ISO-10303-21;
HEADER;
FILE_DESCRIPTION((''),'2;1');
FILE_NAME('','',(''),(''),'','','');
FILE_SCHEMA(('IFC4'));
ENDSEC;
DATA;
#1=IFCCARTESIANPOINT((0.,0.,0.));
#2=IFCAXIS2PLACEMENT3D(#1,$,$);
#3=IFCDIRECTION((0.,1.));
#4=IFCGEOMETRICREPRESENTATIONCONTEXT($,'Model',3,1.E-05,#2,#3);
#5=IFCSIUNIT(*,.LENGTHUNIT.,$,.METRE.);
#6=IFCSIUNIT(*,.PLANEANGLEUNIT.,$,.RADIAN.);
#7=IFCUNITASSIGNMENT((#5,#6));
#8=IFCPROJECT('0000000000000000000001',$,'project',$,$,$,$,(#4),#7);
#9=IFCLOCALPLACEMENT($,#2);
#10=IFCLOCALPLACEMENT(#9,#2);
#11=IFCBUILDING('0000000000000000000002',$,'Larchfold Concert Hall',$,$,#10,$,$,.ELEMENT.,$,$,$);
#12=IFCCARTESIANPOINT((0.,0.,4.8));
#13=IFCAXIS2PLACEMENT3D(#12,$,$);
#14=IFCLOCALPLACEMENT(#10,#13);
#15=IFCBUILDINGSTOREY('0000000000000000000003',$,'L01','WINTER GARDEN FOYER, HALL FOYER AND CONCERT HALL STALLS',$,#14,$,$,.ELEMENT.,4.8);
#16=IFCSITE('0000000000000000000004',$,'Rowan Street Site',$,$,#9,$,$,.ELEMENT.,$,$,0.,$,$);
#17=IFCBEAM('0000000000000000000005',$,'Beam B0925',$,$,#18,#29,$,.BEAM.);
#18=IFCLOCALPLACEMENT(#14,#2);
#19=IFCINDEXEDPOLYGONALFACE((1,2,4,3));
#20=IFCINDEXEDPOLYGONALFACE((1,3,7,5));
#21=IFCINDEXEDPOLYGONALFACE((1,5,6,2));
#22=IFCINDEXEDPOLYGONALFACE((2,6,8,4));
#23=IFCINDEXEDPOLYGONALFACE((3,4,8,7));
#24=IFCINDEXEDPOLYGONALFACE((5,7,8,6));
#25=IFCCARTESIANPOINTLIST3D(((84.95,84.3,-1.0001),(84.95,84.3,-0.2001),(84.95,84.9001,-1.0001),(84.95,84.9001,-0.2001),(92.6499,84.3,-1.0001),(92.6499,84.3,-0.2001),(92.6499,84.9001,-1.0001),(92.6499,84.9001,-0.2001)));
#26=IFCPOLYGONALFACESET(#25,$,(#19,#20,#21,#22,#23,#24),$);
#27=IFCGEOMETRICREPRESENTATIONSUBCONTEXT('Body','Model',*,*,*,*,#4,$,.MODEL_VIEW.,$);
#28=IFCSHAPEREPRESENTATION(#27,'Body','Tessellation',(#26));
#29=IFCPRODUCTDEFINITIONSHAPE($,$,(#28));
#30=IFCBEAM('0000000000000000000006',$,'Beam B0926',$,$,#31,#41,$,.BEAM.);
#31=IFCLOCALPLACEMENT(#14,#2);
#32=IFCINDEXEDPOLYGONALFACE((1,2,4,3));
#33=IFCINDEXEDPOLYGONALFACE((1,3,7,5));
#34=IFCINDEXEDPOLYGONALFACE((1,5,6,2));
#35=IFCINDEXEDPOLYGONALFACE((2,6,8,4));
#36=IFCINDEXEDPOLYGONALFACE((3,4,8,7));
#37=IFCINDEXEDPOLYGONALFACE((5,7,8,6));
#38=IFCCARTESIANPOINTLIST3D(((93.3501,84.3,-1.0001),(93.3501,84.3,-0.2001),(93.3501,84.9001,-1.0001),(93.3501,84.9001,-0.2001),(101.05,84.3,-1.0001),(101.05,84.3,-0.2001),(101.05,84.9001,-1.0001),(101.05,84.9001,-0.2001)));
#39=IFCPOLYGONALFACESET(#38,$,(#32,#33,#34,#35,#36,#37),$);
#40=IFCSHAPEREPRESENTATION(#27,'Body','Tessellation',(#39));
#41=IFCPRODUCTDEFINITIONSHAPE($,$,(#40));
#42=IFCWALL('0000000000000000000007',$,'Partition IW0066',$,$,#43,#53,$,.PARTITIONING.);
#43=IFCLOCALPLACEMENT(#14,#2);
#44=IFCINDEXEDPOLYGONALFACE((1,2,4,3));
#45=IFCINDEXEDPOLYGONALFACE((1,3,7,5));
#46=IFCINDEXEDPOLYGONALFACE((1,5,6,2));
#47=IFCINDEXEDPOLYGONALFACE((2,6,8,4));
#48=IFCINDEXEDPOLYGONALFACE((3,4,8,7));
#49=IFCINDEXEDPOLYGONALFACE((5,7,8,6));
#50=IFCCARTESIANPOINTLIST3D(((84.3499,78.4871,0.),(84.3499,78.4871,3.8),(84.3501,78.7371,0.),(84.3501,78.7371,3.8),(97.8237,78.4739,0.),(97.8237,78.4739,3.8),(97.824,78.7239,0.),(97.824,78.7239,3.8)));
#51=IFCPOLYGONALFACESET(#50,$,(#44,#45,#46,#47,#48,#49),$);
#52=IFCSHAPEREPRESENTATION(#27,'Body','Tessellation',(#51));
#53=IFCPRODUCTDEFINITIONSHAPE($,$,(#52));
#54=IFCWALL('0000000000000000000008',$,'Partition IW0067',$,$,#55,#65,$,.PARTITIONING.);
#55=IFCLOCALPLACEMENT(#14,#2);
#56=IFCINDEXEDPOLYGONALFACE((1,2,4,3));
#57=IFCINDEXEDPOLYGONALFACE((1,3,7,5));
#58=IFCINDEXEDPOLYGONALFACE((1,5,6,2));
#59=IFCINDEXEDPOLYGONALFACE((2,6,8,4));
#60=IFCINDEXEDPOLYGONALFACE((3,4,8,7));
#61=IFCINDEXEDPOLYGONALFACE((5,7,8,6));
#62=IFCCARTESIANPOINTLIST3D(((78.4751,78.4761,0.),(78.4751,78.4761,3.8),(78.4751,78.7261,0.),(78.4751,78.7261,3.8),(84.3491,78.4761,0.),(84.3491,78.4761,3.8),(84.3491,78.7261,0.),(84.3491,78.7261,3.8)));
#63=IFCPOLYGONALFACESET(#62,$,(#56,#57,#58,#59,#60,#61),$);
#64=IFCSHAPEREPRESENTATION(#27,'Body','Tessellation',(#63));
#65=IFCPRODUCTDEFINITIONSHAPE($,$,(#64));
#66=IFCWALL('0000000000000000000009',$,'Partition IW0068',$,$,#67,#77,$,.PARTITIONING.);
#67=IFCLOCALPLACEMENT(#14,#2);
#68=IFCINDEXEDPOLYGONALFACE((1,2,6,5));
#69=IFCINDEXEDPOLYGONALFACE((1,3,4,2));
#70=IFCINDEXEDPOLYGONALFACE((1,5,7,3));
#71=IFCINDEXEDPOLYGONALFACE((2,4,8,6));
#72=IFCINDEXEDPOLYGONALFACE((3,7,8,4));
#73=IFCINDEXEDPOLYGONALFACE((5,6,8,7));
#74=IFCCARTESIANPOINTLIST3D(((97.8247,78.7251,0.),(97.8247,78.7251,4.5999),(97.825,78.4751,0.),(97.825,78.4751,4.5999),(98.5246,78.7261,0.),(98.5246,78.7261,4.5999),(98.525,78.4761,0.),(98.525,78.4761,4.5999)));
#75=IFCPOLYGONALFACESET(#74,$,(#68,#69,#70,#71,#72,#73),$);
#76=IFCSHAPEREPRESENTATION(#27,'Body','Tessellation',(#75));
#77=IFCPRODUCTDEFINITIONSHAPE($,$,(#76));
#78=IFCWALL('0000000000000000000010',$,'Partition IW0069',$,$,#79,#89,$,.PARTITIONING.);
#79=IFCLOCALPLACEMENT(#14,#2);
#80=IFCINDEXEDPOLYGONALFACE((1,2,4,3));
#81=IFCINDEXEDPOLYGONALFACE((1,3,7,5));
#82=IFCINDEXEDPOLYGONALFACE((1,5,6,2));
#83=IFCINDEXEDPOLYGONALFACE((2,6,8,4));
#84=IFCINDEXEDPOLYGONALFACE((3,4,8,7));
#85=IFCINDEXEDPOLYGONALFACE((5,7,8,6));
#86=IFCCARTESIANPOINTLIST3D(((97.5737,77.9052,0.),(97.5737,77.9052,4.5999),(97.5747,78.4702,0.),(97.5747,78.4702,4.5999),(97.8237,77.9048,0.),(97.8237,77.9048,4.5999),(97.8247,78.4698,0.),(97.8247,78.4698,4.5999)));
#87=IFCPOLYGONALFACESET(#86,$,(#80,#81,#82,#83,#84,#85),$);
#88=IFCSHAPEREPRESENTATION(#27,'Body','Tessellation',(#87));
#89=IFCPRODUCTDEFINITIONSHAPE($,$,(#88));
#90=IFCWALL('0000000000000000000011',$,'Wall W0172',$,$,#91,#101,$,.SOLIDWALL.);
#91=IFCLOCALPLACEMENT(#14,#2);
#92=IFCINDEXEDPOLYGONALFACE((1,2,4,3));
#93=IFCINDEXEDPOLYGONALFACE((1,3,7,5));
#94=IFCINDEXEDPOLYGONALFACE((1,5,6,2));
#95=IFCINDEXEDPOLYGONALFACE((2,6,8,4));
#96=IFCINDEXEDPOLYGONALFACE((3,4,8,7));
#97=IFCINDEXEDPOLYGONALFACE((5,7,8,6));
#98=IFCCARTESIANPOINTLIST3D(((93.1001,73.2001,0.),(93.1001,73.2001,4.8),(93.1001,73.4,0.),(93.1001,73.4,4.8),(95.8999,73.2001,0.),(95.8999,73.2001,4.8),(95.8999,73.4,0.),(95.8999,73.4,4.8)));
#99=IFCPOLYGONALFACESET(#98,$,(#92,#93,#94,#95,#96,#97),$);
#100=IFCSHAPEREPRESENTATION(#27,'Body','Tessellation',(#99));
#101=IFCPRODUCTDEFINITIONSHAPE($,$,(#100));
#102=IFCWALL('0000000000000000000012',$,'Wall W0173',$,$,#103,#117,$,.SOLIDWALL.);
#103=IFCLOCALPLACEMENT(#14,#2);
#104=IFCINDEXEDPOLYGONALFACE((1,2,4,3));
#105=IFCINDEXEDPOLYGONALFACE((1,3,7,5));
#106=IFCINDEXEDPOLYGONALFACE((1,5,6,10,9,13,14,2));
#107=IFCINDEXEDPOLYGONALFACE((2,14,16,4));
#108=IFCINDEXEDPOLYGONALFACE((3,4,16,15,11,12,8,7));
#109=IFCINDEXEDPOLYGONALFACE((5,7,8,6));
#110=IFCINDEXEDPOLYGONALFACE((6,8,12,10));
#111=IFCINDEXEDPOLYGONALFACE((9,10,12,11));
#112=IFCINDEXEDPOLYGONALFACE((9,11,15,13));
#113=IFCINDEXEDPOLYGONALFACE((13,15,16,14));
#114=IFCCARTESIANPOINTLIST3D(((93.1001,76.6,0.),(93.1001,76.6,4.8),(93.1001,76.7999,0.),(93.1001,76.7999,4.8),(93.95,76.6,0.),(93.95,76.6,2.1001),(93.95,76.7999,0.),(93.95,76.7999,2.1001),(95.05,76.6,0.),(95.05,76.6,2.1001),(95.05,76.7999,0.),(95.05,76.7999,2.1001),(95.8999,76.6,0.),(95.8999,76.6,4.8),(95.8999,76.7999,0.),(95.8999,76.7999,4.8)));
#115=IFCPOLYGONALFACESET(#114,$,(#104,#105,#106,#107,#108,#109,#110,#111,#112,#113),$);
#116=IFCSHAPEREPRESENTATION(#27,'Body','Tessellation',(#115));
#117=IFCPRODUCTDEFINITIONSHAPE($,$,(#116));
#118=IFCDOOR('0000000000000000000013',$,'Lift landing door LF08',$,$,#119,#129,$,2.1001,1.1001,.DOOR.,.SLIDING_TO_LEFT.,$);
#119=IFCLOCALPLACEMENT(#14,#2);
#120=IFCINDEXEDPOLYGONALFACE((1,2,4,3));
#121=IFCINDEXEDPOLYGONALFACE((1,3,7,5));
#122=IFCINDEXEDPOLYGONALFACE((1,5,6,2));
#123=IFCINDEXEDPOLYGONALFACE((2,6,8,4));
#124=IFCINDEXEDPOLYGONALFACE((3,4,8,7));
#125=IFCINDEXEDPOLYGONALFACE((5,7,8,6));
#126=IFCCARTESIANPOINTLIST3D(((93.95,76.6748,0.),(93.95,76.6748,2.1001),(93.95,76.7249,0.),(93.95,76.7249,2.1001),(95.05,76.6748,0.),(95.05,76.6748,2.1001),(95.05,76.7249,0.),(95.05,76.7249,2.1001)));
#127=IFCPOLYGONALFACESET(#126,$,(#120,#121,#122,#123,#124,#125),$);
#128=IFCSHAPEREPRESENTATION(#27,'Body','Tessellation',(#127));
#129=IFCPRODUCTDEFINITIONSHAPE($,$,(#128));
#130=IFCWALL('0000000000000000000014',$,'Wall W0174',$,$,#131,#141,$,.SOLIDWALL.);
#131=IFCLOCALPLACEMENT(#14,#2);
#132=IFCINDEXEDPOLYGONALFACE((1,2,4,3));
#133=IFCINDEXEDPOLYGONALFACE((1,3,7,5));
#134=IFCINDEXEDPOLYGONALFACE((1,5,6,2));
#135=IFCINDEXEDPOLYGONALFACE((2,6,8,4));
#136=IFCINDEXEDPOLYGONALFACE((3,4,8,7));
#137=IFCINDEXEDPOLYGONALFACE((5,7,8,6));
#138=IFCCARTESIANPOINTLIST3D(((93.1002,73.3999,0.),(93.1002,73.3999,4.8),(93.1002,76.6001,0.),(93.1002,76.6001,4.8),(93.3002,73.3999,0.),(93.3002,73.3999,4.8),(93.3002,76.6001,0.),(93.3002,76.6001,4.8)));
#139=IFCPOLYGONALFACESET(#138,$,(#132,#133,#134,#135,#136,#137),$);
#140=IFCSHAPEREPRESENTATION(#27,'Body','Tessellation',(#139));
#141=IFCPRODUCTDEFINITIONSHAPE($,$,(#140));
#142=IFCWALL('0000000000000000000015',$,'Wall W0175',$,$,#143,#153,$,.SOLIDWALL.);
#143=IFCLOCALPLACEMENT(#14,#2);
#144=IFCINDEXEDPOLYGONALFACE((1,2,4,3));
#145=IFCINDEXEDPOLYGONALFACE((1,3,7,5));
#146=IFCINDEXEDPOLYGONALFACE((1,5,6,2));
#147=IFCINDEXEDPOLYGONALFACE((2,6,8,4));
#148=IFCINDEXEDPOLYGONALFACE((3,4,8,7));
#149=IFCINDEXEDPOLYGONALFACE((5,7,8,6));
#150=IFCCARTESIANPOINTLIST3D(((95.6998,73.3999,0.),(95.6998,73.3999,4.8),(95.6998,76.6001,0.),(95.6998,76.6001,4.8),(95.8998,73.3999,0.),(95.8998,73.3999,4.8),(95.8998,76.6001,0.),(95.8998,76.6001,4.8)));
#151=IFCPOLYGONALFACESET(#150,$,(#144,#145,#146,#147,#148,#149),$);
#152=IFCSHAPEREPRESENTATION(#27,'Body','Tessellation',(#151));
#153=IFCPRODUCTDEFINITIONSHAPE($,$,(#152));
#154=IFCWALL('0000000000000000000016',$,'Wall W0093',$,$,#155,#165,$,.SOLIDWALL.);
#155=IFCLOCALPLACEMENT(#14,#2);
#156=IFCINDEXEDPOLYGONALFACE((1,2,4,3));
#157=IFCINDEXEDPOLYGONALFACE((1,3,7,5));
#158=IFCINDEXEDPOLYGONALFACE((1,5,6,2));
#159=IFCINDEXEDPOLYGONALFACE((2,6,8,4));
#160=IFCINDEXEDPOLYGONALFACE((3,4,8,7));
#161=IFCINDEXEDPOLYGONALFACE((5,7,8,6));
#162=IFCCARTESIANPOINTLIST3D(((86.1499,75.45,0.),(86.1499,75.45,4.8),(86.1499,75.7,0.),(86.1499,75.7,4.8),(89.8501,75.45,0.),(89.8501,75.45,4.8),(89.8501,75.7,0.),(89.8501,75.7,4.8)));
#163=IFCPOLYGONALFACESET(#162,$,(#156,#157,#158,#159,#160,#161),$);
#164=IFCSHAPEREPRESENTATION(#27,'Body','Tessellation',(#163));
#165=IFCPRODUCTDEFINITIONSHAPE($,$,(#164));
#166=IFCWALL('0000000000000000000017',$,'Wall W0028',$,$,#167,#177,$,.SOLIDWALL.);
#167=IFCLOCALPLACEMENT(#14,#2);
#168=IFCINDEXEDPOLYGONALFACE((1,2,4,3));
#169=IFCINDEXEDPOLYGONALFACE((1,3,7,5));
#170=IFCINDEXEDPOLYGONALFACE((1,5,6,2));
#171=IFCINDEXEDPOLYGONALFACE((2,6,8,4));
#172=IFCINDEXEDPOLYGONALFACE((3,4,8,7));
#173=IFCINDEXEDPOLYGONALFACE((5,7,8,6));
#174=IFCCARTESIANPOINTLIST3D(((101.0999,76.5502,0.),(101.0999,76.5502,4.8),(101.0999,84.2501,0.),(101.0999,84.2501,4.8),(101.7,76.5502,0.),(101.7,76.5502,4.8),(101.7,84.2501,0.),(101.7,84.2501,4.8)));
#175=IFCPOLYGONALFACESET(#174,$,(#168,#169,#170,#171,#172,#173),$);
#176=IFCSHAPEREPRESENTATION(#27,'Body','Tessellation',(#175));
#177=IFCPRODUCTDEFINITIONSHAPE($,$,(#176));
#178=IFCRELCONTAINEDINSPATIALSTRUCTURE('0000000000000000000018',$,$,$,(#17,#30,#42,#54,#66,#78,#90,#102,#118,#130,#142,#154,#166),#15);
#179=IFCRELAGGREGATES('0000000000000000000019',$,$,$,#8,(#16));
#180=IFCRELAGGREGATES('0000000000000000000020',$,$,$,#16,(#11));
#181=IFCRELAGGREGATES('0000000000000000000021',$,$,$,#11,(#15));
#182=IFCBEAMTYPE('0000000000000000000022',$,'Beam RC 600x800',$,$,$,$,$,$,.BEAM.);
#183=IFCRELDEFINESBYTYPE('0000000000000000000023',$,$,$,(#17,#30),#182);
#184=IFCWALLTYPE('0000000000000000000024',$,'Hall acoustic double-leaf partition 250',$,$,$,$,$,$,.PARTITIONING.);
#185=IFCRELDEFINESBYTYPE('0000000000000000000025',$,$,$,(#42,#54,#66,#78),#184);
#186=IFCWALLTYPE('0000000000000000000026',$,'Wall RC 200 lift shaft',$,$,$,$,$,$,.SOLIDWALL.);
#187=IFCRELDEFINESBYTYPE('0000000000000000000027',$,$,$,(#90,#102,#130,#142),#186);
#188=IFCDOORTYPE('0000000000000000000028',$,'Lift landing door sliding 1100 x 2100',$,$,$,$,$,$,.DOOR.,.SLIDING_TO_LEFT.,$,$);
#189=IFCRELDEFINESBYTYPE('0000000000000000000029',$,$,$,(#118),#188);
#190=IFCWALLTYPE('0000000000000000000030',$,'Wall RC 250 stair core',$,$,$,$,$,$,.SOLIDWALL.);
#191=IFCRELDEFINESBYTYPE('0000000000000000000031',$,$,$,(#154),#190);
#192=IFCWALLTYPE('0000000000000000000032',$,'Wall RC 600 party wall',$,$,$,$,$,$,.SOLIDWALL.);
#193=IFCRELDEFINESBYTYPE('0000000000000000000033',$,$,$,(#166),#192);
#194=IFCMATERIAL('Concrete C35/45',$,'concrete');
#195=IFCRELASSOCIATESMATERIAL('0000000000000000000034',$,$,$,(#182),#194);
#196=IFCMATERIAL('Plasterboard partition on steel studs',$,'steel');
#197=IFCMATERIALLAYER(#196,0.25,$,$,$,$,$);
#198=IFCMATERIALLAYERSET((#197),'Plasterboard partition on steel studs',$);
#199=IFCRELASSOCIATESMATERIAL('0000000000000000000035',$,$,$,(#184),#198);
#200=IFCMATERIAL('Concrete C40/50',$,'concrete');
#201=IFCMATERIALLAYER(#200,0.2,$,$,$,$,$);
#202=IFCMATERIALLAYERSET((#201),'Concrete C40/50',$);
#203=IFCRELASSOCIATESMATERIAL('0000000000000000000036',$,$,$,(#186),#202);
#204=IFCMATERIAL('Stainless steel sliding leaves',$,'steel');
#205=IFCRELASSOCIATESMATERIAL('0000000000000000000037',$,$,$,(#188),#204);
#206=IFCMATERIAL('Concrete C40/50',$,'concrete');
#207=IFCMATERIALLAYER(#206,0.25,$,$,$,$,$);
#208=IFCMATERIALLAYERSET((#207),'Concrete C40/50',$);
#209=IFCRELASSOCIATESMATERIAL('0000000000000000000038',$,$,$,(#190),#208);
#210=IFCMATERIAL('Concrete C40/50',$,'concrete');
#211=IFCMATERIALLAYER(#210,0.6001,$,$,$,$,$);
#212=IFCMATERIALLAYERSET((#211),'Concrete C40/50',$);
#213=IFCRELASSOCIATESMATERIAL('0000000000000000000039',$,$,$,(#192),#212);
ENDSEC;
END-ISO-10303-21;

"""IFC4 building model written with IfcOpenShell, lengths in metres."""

from ifc_helpers import new_model, si_unit, direction, frame, frame_2d, origin, origin_2d, place, context, subcontext, project, spatial, rectangle, extrude, material, layer, layer_set, material_profile, profile_set, type_object, element, fill, save


model = new_model("IFC4")

# Units and contexts
model_context = context("Model", 3, precision=1e-05, world=origin(), true_north=direction((0.0, 1.0)))
body_context = subcontext(model_context, "Body", "Model", "MODEL_VIEW")
ifc_project = project(units=[si_unit("LENGTHUNIT", "METRE"), si_unit("PLANEANGLEUNIT", "RADIAN")], contexts=[model_context])

# Site, building, storey
site_placement = place(None, origin())
site = spatial("IfcSite", under=ifc_project, at=site_placement, Name="Rowan Street Site", CompositionType="ELEMENT", RefElevation=0.0)
building_placement = place(site_placement, origin())
building = spatial("IfcBuilding", under=site, at=building_placement, Name="Larchfold Concert Hall", CompositionType="ELEMENT")
storey_placement = place(building_placement, frame((0.0, 0.0, 4.8)))
storey = spatial("IfcBuildingStorey", under=building, at=storey_placement, Name="L01", Description="WINTER GARDEN FOYER, HALL FOYER AND CONCERT HALL STALLS", CompositionType="ELEMENT", Elevation=4.8)

# Beams
ifc_material_1 = material(Name="Concrete C35/45", Category="concrete")
ifc_material_profile_1 = material_profile(ifc_material_1, rectangle(XDim=0.6001, YDim=0.8, at=origin_2d()))
ifc_profile_set_1 = profile_set([ifc_material_profile_1], Name="Concrete C35/45")
beam_type_1 = type_object("IfcBeamType", Name="Beam RC 600x800", PredefinedType="BEAM", material=ifc_profile_set_1)
for number, where, z_axis, x_axis, name in (
    (1, (84.95, 84.6001, -0.6001), (1.0, 0.0, 0.0), (0.0, 1.0, 0.0), "Beam B0925"),
    (2, (93.3501, 84.6001, -0.6001), (1.0, 0.0, 0.0), (0.0, 1.0, 0.0), "Beam B0926"),
):
    element("IfcBeam", number, at=place(storey_placement, frame(where, z_axis=z_axis, x_axis=x_axis)), inside=storey, type_object=beam_type_1, Name=name, PredefinedType="BEAM", context=body_context, shape_type="SweptSolid", body=[
        extrude(rectangle(XDim=0.6001, YDim=0.8, at=origin_2d()), origin(), (0.0, 0.0, 1.0), 7.7),
    ])

# Walls
ifc_material_2 = material(Name="Plasterboard partition on steel studs", Category="steel")
ifc_layer_1 = layer(ifc_material_2, 0.25)
ifc_layer_set_1 = layer_set([ifc_layer_1], Name="Plasterboard partition on steel studs")
wall_type_1 = type_object("IfcWallType", Name="Hall acoustic double-leaf partition 250", PredefinedType="PARTITIONING", material=ifc_layer_set_1)
wall_1_placement = place(storey_placement, frame((84.3501, 78.6121, 0.0), z_axis=(0.0, 0.0, 1.0), x_axis=(1.0, -0.000978, 0.0)))
element("IfcWall", 3, at=wall_1_placement, inside=storey, type_object=wall_type_1, Name="Partition IW0066", PredefinedType="PARTITIONING", context=body_context, shape_type="SweptSolid", body=[
    extrude(rectangle(XDim=13.4739, YDim=0.25, at=frame_2d((6.7368, 0.0))), origin(), (0.0, 0.0, 1.0), 3.8),
])
wall_2_placement = place(storey_placement, frame((84.3491, 78.6011, 0.0), z_axis=(0.0, 0.0, 1.0), x_axis=(-1.0, 0.0, 0.0)))
element("IfcWall", 4, at=wall_2_placement, inside=storey, type_object=wall_type_1, Name="Partition IW0067", PredefinedType="PARTITIONING", context=body_context, shape_type="SweptSolid", body=[
    extrude(rectangle(XDim=5.874, YDim=0.25, at=frame_2d((2.937, 0.0))), origin(), (0.0, 0.0, 1.0), 3.8),
])
wall_3_placement = place(storey_placement, frame((98.5249, 78.6011, 0.0), z_axis=(0.0, 0.0, 1.0), x_axis=(-0.999999, -0.001395, 0.0)))
element("IfcWall", 5, at=wall_3_placement, inside=storey, type_object=wall_type_1, Name="Partition IW0068", PredefinedType="PARTITIONING", context=body_context, shape_type="SweptSolid", body=[
    extrude(rectangle(XDim=0.7, YDim=0.25, at=frame_2d((0.3501, 0.0))), origin(), (0.0, 0.0, 1.0), 4.5999),
])
wall_4_placement = place(storey_placement, frame((97.6997, 78.47, 0.0), z_axis=(0.0, 0.0, 1.0), x_axis=(-0.001729, -0.999999, 0.0)))
element("IfcWall", 6, at=wall_4_placement, inside=storey, type_object=wall_type_1, Name="Partition IW0069", PredefinedType="PARTITIONING", context=body_context, shape_type="SweptSolid", body=[
    extrude(rectangle(XDim=0.5649, YDim=0.25, at=frame_2d((0.2825, 0.0))), origin(), (0.0, 0.0, 1.0), 4.5999),
])
ifc_material_3 = material(Name="Concrete C40/50", Category="concrete")
ifc_layer_2 = layer(ifc_material_3, 0.2)
ifc_layer_set_2 = layer_set([ifc_layer_2], Name="Concrete C40/50")
wall_type_2 = type_object("IfcWallType", Name="Wall RC 200 lift shaft", PredefinedType="SOLIDWALL", material=ifc_layer_set_2)
wall_5_placement = place(storey_placement, frame((93.1001, 73.3, 0.0), z_axis=(0.0, 0.0, 1.0), x_axis=(1.0, 0.0, 0.0)))
element("IfcWall", 7, at=wall_5_placement, inside=storey, type_object=wall_type_2, Name="Wall W0172", PredefinedType="SOLIDWALL", context=body_context, shape_type="SweptSolid", body=[
    extrude(rectangle(XDim=2.7998, YDim=0.2, at=frame_2d((1.3999, 0.0))), origin(), (0.0, 0.0, 1.0), 4.8),
])

# Wall, opening, door
wall_6_placement = place(storey_placement, frame((93.1001, 76.7, 0.0), z_axis=(0.0, 0.0, 1.0), x_axis=(1.0, 0.0, 0.0)))
wall_6 = element("IfcWall", 8, at=wall_6_placement, inside=storey, type_object=wall_type_2, Name="Wall W0173", PredefinedType="SOLIDWALL", context=body_context, shape_type="SweptSolid", body=[
    extrude(rectangle(XDim=2.7998, YDim=0.2, at=frame_2d((1.3999, 0.0))), origin(), (0.0, 0.0, 1.0), 4.8),
])
opening_placement = place(wall_6_placement, frame((0.8499, 0.0, 0.0)))
opening = element("IfcOpeningElement", 9, at=opening_placement, cuts=wall_6, PredefinedType="OPENING", context=body_context, shape_type="SweptSolid", body=[
    extrude(rectangle(XDim=1.1001, YDim=2.1001, at=frame_2d((0.55, 1.05))), frame((0.0, 0.1099, 0.0), z_axis=(0.0, -1.0, 0.0), x_axis=(1.0, 0.0, 0.0)), (0.0, 0.0, 1.0), 0.22),
])
ifc_material_4 = material(Name="Stainless steel sliding leaves", Category="steel")
door_type = type_object("IfcDoorType", Name="Lift landing door sliding 1100 x 2100", OperationType="SLIDING_TO_LEFT", PredefinedType="DOOR", material=ifc_material_4)
door_placement = place(opening_placement, origin())
door = element("IfcDoor", 10, at=door_placement, inside=storey, type_object=door_type, Name="Lift landing door LF08", OperationType="SLIDING_TO_LEFT", OverallHeight=2.1001, OverallWidth=1.1001, PredefinedType="DOOR", context=body_context, shape_type="SweptSolid", body=[
    extrude(rectangle(XDim=1.1001, YDim=2.1001, at=frame_2d((0.55, 1.05))), frame((0.0, 0.0249, 0.0), z_axis=(0.0, -1.0, 0.0), x_axis=(1.0, 0.0, 0.0)), (0.0, 0.0, 1.0), 0.05),
])
fill(opening, door)

# Walls
for number, where, z_axis, x_axis, name in (
    (11, (93.2002, 73.3999, 0.0), (0.0, 0.0, 1.0), (0.0, 1.0, 0.0), "Wall W0174"),
    (12, (95.7998, 73.3999, 0.0), (0.0, 0.0, 1.0), (0.0, 1.0, 0.0), "Wall W0175"),
):
    element("IfcWall", number, at=place(storey_placement, frame(where, z_axis=z_axis, x_axis=x_axis)), inside=storey, type_object=wall_type_2, Name=name, PredefinedType="SOLIDWALL", context=body_context, shape_type="SweptSolid", body=[
        extrude(rectangle(XDim=3.2002, YDim=0.2, at=frame_2d((1.6001, 0.0))), origin(), (0.0, 0.0, 1.0), 4.8),
    ])
ifc_material_5 = material(Name="Concrete C40/50", Category="concrete")
ifc_layer_3 = layer(ifc_material_5, 0.25)
ifc_layer_set_3 = layer_set([ifc_layer_3], Name="Concrete C40/50")
wall_type_3 = type_object("IfcWallType", Name="Wall RC 250 stair core", PredefinedType="SOLIDWALL", material=ifc_layer_set_3)
wall_7_placement = place(storey_placement, frame((86.1499, 75.575, 0.0), z_axis=(0.0, 0.0, 1.0), x_axis=(1.0, 0.0, 0.0)))
element("IfcWall", 13, at=wall_7_placement, inside=storey, type_object=wall_type_3, Name="Wall W0093", PredefinedType="SOLIDWALL", context=body_context, shape_type="SweptSolid", body=[
    extrude(rectangle(XDim=3.7002, YDim=0.25, at=frame_2d((1.8501, 0.0))), origin(), (0.0, 0.0, 1.0), 4.8),
])
ifc_material_6 = material(Name="Concrete C40/50", Category="concrete")
ifc_layer_4 = layer(ifc_material_6, 0.6001)
ifc_layer_set_4 = layer_set([ifc_layer_4], Name="Concrete C40/50")
wall_type_4 = type_object("IfcWallType", Name="Wall RC 600 party wall", PredefinedType="SOLIDWALL", material=ifc_layer_set_4)
wall_8_placement = place(storey_placement, frame((101.3999, 76.55, 0.0), z_axis=(0.0, 0.0, 1.0), x_axis=(0.0, 1.0, 0.0)))
element("IfcWall", 14, at=wall_8_placement, inside=storey, type_object=wall_type_4, Name="Wall W0028", PredefinedType="SOLIDWALL", context=body_context, shape_type="SweptSolid", body=[
    extrude(rectangle(XDim=7.7, YDim=0.6001, at=frame_2d((3.8501, 0.0))), origin(), (0.0, 0.0, 1.0), 4.8),
])

save(model, "model.ifc")
